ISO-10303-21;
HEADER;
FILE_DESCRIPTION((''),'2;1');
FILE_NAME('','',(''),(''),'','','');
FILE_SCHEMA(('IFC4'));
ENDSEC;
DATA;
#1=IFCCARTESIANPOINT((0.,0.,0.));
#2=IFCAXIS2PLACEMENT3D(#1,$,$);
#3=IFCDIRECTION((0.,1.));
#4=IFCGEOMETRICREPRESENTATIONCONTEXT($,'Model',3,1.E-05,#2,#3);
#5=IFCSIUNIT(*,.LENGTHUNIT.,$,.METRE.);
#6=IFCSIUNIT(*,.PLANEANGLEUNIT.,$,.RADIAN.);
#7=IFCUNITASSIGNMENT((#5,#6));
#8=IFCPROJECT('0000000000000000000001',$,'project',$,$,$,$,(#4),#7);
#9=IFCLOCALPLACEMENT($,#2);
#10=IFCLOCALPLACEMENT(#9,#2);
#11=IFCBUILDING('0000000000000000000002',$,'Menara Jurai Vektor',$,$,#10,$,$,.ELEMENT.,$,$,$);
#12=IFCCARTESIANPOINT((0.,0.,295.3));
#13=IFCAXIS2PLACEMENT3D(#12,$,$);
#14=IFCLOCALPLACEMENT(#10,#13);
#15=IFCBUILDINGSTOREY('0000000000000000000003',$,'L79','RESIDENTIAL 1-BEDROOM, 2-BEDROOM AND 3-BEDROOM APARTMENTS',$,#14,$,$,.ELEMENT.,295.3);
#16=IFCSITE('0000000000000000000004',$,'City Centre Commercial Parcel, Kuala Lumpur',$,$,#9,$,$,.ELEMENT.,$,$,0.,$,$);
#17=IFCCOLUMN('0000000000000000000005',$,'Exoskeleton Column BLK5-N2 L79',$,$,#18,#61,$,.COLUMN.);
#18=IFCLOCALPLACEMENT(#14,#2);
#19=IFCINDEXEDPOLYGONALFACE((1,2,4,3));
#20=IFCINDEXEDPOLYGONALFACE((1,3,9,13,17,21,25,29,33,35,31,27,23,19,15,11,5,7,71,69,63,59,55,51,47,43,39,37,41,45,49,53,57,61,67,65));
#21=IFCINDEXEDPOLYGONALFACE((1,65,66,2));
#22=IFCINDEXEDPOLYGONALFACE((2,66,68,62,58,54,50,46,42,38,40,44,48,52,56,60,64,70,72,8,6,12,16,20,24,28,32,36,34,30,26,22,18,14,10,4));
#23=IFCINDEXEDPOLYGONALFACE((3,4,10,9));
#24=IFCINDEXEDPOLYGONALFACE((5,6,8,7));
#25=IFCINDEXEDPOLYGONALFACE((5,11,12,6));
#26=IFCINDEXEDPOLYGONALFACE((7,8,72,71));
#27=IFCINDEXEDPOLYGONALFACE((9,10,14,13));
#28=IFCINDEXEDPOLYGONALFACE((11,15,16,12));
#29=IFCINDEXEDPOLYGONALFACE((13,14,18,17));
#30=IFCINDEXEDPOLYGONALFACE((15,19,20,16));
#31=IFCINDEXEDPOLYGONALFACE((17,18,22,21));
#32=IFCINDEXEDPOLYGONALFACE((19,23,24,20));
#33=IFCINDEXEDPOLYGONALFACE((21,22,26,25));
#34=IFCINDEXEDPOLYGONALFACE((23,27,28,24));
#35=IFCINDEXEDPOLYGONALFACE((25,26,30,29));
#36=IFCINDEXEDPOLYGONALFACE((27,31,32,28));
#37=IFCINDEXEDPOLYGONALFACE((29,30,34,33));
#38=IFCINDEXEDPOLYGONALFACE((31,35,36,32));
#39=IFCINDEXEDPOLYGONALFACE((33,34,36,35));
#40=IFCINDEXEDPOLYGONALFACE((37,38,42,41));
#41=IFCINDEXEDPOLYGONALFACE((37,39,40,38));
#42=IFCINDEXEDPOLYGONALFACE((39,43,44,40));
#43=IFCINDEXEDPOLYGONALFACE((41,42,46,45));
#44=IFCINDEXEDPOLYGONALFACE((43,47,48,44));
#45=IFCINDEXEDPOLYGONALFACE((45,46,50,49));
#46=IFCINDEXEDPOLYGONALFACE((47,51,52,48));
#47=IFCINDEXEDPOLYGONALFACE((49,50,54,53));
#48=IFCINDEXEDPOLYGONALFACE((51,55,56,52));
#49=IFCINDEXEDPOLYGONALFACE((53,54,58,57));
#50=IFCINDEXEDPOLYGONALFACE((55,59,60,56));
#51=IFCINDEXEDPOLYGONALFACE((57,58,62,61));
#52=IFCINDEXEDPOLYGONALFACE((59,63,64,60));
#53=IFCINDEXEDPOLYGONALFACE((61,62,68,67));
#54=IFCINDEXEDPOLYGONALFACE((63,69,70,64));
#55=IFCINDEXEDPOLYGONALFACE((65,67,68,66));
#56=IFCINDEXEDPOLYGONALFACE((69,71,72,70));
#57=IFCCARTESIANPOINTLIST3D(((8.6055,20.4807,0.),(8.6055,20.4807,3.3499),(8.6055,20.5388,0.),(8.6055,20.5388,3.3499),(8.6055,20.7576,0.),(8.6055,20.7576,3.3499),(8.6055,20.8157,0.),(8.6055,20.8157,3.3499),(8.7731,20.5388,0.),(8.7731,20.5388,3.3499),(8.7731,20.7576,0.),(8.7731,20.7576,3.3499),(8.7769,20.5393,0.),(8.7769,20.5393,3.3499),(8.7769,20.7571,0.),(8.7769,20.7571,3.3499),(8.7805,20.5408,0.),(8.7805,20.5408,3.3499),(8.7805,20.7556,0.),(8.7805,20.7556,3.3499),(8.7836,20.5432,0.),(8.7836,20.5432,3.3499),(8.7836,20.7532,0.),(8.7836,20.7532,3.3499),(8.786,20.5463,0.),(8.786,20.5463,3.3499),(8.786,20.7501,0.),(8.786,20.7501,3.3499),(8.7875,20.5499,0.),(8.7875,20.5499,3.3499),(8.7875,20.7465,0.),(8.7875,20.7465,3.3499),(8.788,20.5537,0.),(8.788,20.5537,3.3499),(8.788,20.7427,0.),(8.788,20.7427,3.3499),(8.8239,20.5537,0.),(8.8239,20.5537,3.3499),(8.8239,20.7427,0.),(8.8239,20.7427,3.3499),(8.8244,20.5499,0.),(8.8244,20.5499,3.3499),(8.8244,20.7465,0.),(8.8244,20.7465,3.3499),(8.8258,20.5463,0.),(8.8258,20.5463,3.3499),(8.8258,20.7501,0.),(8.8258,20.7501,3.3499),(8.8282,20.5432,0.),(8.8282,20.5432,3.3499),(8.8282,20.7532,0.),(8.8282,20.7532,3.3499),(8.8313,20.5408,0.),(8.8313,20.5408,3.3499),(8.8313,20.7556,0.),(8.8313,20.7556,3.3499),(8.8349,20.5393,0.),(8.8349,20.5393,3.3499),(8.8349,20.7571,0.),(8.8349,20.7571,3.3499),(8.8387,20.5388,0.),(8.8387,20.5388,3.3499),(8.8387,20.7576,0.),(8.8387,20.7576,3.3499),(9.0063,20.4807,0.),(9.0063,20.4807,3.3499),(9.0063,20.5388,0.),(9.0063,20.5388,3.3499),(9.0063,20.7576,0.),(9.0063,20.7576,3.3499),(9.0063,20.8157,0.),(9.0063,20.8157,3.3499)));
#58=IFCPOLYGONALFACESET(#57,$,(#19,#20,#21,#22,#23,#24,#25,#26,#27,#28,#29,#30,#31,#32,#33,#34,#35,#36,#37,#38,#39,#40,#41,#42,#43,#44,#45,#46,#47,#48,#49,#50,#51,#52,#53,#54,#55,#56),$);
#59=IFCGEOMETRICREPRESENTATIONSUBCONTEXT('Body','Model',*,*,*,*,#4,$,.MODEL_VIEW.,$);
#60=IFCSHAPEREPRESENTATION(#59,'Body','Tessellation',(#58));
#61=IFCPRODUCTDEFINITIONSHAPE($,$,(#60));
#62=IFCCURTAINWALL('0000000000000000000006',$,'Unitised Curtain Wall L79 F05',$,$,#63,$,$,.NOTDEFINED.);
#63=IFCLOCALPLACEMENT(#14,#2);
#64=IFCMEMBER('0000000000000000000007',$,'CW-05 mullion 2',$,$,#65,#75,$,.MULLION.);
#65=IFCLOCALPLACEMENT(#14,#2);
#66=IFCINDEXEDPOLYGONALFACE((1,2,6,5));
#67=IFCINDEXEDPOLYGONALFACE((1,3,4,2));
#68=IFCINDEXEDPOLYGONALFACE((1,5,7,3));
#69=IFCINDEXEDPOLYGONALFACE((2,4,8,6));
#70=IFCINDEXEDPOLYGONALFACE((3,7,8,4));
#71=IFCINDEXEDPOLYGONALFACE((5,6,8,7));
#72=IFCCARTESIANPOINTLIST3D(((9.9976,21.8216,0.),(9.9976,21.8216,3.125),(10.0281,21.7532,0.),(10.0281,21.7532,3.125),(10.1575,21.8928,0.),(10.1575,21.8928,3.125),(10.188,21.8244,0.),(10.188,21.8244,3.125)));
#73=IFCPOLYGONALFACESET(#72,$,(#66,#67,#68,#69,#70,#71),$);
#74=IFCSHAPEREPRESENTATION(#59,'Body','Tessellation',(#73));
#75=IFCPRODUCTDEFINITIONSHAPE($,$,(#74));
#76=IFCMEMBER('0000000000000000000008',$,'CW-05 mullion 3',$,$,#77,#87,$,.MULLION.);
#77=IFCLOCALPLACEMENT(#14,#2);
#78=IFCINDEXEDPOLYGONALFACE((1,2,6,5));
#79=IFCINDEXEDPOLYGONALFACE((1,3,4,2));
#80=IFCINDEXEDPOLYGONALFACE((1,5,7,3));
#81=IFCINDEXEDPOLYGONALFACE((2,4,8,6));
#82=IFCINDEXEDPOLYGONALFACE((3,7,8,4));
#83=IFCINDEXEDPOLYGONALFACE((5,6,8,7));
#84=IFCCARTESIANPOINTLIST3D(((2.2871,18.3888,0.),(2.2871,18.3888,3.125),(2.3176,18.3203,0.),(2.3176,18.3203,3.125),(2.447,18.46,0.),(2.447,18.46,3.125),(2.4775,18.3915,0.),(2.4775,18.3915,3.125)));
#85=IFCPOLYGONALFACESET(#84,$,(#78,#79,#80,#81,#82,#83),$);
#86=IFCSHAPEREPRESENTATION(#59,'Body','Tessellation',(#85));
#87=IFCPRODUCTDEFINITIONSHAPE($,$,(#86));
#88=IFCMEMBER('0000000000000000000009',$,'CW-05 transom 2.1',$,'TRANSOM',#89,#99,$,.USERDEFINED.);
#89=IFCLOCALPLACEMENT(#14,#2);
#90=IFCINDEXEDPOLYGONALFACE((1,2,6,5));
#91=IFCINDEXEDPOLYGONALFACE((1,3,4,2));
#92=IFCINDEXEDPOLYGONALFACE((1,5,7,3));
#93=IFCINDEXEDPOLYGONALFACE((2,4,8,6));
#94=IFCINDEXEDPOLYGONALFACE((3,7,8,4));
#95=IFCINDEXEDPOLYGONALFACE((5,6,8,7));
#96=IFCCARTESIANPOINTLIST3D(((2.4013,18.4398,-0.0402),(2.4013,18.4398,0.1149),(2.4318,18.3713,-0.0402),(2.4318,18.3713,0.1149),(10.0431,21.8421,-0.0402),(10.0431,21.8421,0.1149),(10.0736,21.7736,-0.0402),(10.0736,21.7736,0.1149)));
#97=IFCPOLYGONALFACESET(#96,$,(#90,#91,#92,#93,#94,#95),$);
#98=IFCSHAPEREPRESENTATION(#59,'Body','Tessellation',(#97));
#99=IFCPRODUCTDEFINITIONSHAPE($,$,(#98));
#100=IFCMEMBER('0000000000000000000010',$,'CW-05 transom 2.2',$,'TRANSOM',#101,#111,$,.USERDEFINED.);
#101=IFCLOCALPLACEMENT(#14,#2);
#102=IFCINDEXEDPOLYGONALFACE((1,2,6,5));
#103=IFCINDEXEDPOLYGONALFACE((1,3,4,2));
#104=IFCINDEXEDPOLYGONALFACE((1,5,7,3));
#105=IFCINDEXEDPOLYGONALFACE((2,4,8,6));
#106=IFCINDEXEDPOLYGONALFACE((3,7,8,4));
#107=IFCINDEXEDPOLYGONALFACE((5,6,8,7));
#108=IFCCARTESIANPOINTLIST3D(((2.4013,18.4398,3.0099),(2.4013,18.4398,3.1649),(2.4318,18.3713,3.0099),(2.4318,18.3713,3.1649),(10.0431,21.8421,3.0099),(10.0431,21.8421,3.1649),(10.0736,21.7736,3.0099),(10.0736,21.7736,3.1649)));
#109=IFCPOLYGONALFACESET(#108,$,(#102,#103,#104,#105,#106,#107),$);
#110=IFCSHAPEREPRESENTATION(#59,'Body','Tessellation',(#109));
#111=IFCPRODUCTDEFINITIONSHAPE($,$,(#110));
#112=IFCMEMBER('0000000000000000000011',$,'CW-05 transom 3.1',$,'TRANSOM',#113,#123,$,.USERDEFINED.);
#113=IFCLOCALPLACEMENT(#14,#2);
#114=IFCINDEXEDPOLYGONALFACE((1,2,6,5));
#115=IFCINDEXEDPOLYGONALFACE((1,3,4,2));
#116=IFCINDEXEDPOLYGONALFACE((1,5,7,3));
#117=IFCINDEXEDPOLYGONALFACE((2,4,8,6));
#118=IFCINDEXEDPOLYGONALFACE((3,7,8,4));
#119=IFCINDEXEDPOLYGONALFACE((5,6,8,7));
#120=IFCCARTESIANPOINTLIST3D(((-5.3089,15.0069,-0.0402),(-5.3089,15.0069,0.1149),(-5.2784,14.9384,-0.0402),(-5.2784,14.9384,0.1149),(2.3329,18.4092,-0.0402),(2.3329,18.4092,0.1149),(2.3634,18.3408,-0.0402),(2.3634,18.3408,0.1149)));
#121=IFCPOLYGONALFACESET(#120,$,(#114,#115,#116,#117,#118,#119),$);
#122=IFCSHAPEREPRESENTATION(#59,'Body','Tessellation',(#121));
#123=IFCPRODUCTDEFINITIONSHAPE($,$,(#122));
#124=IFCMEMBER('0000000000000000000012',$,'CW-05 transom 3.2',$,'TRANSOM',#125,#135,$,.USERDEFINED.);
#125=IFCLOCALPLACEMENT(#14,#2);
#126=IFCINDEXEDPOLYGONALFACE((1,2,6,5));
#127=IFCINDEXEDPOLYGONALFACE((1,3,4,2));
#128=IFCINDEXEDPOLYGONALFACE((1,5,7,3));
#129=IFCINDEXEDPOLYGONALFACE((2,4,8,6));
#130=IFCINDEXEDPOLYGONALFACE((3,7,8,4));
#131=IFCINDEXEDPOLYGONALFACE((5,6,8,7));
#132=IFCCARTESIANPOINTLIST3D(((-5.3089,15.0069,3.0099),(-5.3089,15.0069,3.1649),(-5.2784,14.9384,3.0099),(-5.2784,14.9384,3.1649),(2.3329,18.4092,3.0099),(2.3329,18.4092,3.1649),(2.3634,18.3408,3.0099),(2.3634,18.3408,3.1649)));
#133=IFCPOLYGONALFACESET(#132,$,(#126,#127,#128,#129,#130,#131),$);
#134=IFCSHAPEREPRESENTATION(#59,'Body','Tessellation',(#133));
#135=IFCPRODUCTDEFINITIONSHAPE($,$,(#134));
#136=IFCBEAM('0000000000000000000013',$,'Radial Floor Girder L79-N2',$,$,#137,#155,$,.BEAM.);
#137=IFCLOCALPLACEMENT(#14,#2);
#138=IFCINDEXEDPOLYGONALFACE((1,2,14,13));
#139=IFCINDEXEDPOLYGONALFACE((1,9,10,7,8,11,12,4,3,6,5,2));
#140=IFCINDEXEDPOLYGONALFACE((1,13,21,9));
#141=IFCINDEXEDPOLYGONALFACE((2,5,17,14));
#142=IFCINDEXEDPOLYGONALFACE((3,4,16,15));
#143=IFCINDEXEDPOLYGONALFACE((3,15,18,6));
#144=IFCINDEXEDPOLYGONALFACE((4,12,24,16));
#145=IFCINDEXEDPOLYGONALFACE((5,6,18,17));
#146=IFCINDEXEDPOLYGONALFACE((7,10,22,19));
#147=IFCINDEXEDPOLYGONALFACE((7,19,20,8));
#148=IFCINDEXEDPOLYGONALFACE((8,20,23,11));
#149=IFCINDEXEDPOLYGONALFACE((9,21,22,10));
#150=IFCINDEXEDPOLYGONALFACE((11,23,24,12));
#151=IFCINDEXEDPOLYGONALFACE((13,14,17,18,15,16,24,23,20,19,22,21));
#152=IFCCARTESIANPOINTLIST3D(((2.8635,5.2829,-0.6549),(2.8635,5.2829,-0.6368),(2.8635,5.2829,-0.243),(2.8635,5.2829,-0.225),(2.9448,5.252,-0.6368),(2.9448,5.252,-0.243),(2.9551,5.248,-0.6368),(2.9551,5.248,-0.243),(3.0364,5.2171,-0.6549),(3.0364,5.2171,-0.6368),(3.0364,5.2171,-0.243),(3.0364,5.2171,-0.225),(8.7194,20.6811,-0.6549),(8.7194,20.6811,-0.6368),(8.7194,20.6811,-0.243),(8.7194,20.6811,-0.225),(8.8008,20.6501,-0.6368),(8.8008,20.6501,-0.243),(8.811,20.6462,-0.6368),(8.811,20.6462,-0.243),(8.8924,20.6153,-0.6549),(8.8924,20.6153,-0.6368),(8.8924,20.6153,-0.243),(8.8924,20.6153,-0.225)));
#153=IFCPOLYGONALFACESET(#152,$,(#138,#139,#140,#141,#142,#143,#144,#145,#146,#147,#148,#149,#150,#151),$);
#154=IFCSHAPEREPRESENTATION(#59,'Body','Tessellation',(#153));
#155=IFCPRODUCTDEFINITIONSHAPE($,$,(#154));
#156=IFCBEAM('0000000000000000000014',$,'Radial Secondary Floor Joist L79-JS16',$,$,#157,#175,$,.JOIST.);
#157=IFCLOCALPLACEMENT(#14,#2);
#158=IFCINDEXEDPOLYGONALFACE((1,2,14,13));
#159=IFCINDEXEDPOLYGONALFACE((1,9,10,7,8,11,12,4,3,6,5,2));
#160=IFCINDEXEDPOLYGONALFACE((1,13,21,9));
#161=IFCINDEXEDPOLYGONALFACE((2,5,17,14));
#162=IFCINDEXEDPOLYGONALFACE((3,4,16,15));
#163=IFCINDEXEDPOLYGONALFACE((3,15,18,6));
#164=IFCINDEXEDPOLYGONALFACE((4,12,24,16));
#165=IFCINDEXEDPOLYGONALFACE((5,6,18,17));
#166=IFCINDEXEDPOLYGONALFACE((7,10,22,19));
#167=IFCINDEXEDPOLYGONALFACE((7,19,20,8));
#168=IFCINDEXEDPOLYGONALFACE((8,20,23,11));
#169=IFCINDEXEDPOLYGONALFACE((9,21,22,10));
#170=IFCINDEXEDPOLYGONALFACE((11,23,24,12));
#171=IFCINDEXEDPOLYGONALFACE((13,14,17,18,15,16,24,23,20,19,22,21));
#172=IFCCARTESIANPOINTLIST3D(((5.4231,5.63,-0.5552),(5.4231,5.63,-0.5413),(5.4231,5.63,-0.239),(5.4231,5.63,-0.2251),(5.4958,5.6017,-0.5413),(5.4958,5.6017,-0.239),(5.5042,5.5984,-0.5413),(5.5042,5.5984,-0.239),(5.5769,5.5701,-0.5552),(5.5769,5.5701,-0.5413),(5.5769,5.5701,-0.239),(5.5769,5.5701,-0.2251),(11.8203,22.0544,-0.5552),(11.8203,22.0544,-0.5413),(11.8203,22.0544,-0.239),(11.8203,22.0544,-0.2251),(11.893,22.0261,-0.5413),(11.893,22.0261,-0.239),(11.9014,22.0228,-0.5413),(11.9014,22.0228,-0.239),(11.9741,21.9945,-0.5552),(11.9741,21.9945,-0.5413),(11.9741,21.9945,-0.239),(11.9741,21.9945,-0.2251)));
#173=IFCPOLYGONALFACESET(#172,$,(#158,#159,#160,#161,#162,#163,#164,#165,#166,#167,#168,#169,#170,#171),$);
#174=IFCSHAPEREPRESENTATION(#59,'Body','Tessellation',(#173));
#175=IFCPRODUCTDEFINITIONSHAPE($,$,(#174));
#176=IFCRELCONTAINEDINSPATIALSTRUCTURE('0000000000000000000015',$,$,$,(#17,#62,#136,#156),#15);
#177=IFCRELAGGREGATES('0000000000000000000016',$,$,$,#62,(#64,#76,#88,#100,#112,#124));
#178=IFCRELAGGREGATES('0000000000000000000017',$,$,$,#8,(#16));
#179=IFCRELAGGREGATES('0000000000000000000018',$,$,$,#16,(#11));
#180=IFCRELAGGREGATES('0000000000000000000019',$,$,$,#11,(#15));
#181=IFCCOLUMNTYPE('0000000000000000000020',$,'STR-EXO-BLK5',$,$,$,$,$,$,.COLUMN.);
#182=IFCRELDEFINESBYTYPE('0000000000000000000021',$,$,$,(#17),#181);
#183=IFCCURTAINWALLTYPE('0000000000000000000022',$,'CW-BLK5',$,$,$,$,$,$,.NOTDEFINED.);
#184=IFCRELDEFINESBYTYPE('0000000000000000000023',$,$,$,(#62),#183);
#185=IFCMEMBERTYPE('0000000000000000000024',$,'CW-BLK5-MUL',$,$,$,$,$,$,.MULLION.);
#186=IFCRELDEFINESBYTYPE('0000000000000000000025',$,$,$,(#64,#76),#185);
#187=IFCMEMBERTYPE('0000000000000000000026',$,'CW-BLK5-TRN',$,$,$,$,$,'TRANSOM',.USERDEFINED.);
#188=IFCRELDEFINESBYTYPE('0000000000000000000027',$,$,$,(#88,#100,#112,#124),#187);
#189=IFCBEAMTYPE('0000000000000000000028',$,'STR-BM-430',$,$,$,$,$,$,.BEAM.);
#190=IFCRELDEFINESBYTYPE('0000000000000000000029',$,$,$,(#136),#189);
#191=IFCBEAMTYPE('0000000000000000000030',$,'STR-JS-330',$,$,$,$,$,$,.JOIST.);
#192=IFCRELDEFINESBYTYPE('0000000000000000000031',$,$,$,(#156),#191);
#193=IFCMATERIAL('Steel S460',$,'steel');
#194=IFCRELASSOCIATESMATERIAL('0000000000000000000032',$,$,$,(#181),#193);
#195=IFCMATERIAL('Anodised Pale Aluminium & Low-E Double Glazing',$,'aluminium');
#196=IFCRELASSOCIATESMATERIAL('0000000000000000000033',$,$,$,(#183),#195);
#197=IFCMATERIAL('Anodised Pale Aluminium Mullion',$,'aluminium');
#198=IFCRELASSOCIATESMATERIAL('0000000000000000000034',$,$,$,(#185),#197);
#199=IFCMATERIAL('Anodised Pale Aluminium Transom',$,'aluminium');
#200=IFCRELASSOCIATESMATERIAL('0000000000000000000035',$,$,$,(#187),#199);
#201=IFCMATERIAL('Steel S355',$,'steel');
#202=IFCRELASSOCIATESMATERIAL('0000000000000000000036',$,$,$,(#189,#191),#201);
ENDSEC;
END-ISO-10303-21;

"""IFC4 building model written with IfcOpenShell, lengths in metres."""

from ifc_helpers import new_model, si_unit, direction, frame, origin, origin_2d, place, context, subcontext, project, spatial, rectangle, i_section, extrude, material, material_profile, profile_set, type_object, element, aggregate, save


model = new_model("IFC4")

# Units and contexts
model_context = context("Model", 3, precision=1e-05, world=origin(), true_north=direction((0.0, 1.0)))
body_context = subcontext(model_context, "Body", "Model", "MODEL_VIEW")
ifc_project = project(units=[si_unit("LENGTHUNIT", "METRE"), si_unit("PLANEANGLEUNIT", "RADIAN")], contexts=[model_context])

# Site, building, storey
site_placement = place(None, origin())
site = spatial("IfcSite", under=ifc_project, at=site_placement, Name="City Centre Commercial Parcel, Kuala Lumpur", CompositionType="ELEMENT", RefElevation=0.0)
building_placement = place(site_placement, origin())
building = spatial("IfcBuilding", under=site, at=building_placement, Name="Menara Jurai Vektor", CompositionType="ELEMENT")
storey_placement = place(building_placement, frame((0.0, 0.0, 295.3)))
storey = spatial("IfcBuildingStorey", under=building, at=storey_placement, Name="L79", Description="RESIDENTIAL 1-BEDROOM, 2-BEDROOM AND 3-BEDROOM APARTMENTS", CompositionType="ELEMENT", Elevation=295.3)

# Column
ifc_material_1 = material(Name="Steel S460", Category="steel")
ifc_material_profile_1 = material_profile(ifc_material_1, i_section(OverallWidth=0.4009, OverallDepth=0.335, WebThickness=0.0359, FlangeThickness=0.0581, FilletRadius=0.0149, at=origin_2d()), Name="HD 400x463")
ifc_profile_set_1 = profile_set([ifc_material_profile_1], Name="Steel S460")
column_type = type_object("IfcColumnType", Name="STR-EXO-BLK5", PredefinedType="COLUMN", material=ifc_profile_set_1)
column_placement = place(storey_placement, frame((8.8059, 20.6482, 0.0), z_axis=(0.0, 0.0, 1.0), x_axis=(1.0, 0.0, 0.0)))
element("IfcColumn", 1, at=column_placement, inside=storey, type_object=column_type, Name="Exoskeleton Column BLK5-N2 L79", PredefinedType="COLUMN", context=body_context, shape_type="SweptSolid", body=[
    extrude(i_section(OverallWidth=0.4009, OverallDepth=0.335, WebThickness=0.0359, FlangeThickness=0.0581, FilletRadius=0.0149, at=origin_2d()), origin(), (0.0, 0.0, 1.0), 3.3499),
])

# Curtain wall, members
ifc_material_2 = material(Name="Anodised Pale Aluminium & Low-E Double Glazing", Category="aluminium")
curtain_wall_type = type_object("IfcCurtainWallType", Name="CW-BLK5", PredefinedType="NOTDEFINED", material=ifc_material_2)
curtain_wall_placement = place(storey_placement, origin())
curtain_wall = element("IfcCurtainWall", 2, at=curtain_wall_placement, inside=storey, type_object=curtain_wall_type, Name="Unitised Curtain Wall L79 F05", PredefinedType="NOTDEFINED")
ifc_material_3 = material(Name="Anodised Pale Aluminium Mullion", Category="aluminium")
ifc_material_profile_2 = material_profile(ifc_material_3, rectangle(XDim=0.075, YDim=0.175, at=origin_2d()), Name="ALU MUL 75x175")
ifc_profile_set_2 = profile_set([ifc_material_profile_2], Name="Anodised Pale Aluminium Mullion")
member_type_1 = type_object("IfcMemberType", Name="CW-BLK5-MUL", PredefinedType="MULLION", material=ifc_profile_set_2)
member_1_placement = place(storey_placement, frame((10.0928, 21.823, 0.0), z_axis=(0.0, 0.0, 1.0), x_axis=(0.406735, -0.913546, 0.0)))
member_1 = element("IfcMember", 3, at=member_1_placement, type_object=member_type_1, Name="CW-05 mullion 2", PredefinedType="MULLION", context=body_context, shape_type="SweptSolid", body=[
    extrude(rectangle(XDim=0.075, YDim=0.175, at=origin_2d()), origin(), (0.0, 0.0, 1.0), 3.125),
])
member_2_placement = place(storey_placement, frame((2.3823, 18.3901, 0.0), z_axis=(0.0, 0.0, 1.0), x_axis=(0.406735, -0.913546, 0.0)))
member_2 = element("IfcMember", 4, at=member_2_placement, type_object=member_type_1, Name="CW-05 mullion 3", PredefinedType="MULLION", context=body_context, shape_type="SweptSolid", body=[
    extrude(rectangle(XDim=0.075, YDim=0.175, at=origin_2d()), origin(), (0.0, 0.0, 1.0), 3.125),
])
ifc_material_4 = material(Name="Anodised Pale Aluminium Transom", Category="aluminium")
ifc_material_profile_3 = material_profile(ifc_material_4, rectangle(XDim=0.075, YDim=0.155, at=origin_2d()), Name="ALU TRN 75x155")
ifc_profile_set_3 = profile_set([ifc_material_profile_3], Name="Anodised Pale Aluminium Transom")
member_type_2 = type_object("IfcMemberType", Name="CW-BLK5-TRN", ElementType="TRANSOM", PredefinedType="USERDEFINED", material=ifc_profile_set_3)
member_3_placement = place(storey_placement, frame((10.0583, 21.8079, 0.0374), z_axis=(-0.913547, -0.406734, 0.0), x_axis=(0.406734, -0.913547, 0.0)))
member_3 = element("IfcMember", 5, at=member_3_placement, type_object=member_type_2, Name="CW-05 transom 2.1", ObjectType="TRANSOM", PredefinedType="USERDEFINED", context=body_context, shape_type="SweptSolid", body=[
    extrude(rectangle(XDim=0.075, YDim=0.155, at=origin_2d()), origin(), (0.0, 0.0, 1.0), 8.365),
])
member_4_placement = place(storey_placement, frame((10.0583, 21.8079, 3.0874), z_axis=(-0.913547, -0.406734, 0.0), x_axis=(0.406734, -0.913547, 0.0)))
member_4 = element("IfcMember", 6, at=member_4_placement, type_object=member_type_2, Name="CW-05 transom 2.2", ObjectType="TRANSOM", PredefinedType="USERDEFINED", context=body_context, shape_type="SweptSolid", body=[
    extrude(rectangle(XDim=0.075, YDim=0.155, at=origin_2d()), origin(), (0.0, 0.0, 1.0), 8.365),
])
member_5_placement = place(storey_placement, frame((2.3481, 18.375, 0.0374), z_axis=(-0.913547, -0.406734, 0.0), x_axis=(0.406734, -0.913547, 0.0)))
member_5 = element("IfcMember", 7, at=member_5_placement, type_object=member_type_2, Name="CW-05 transom 3.1", ObjectType="TRANSOM", PredefinedType="USERDEFINED", context=body_context, shape_type="SweptSolid", body=[
    extrude(rectangle(XDim=0.075, YDim=0.155, at=origin_2d()), origin(), (0.0, 0.0, 1.0), 8.365),
])
member_6_placement = place(storey_placement, frame((2.3481, 18.375, 3.0874), z_axis=(-0.913547, -0.406734, 0.0), x_axis=(0.406734, -0.913547, 0.0)))
member_6 = element("IfcMember", 8, at=member_6_placement, type_object=member_type_2, Name="CW-05 transom 3.2", ObjectType="TRANSOM", PredefinedType="USERDEFINED", context=body_context, shape_type="SweptSolid", body=[
    extrude(rectangle(XDim=0.075, YDim=0.155, at=origin_2d()), origin(), (0.0, 0.0, 1.0), 8.365),
])

# Beams
ifc_material_5 = material(Name="Steel S355", Category="steel")
ifc_material_profile_4 = material_profile(ifc_material_5, i_section(OverallWidth=0.1851, OverallDepth=0.4299, WebThickness=0.011, FlangeThickness=0.0181, at=origin_2d()), Name="PG 430x185x76")
ifc_profile_set_4 = profile_set([ifc_material_profile_4], Name="Steel S355")
beam_type_1 = type_object("IfcBeamType", Name="STR-BM-430", PredefinedType="BEAM", material=ifc_profile_set_4)
beam_1_placement = place(storey_placement, frame((8.8059, 20.6482, -0.4399), z_axis=(-0.355464, -0.93469, 0.0), x_axis=(0.93469, -0.355464, 0.0)))
element("IfcBeam", 9, at=beam_1_placement, inside=storey, type_object=beam_type_1, Name="Radial Floor Girder L79-N2", PredefinedType="BEAM", context=body_context, shape_type="SweptSolid", body=[
    extrude(i_section(OverallWidth=0.1851, OverallDepth=0.4299, WebThickness=0.011, FlangeThickness=0.0181, at=origin_2d()), origin(), (0.0, 0.0, 1.0), 16.4741),
])
ifc_material_profile_5 = material_profile(ifc_material_5, i_section(OverallWidth=0.165, OverallDepth=0.3301, WebThickness=0.009, FlangeThickness=0.0139, at=origin_2d()), Name="PG 330x165x46")
ifc_profile_set_5 = profile_set([ifc_material_profile_5], Name="Steel S355")
beam_type_2 = type_object("IfcBeamType", Name="STR-JS-330", PredefinedType="JOIST", material=ifc_profile_set_5)
beam_2_placement = place(storey_placement, frame((11.8972, 22.0244, -0.3901), z_axis=(-0.362938, -0.931813, 0.0), x_axis=(0.931813, -0.362938, 0.0)))
element("IfcBeam", 10, at=beam_2_placement, inside=storey, type_object=beam_type_2, Name="Radial Secondary Floor Joist L79-JS16", PredefinedType="JOIST", context=body_context, shape_type="SweptSolid", body=[
    extrude(i_section(OverallWidth=0.165, OverallDepth=0.3301, WebThickness=0.009, FlangeThickness=0.0139, at=origin_2d()), origin(), (0.0, 0.0, 1.0), 17.6262),
])

aggregate(curtain_wall, [member_1, member_2, member_3, member_4, member_5, member_6])

save(model, "model.ifc")
